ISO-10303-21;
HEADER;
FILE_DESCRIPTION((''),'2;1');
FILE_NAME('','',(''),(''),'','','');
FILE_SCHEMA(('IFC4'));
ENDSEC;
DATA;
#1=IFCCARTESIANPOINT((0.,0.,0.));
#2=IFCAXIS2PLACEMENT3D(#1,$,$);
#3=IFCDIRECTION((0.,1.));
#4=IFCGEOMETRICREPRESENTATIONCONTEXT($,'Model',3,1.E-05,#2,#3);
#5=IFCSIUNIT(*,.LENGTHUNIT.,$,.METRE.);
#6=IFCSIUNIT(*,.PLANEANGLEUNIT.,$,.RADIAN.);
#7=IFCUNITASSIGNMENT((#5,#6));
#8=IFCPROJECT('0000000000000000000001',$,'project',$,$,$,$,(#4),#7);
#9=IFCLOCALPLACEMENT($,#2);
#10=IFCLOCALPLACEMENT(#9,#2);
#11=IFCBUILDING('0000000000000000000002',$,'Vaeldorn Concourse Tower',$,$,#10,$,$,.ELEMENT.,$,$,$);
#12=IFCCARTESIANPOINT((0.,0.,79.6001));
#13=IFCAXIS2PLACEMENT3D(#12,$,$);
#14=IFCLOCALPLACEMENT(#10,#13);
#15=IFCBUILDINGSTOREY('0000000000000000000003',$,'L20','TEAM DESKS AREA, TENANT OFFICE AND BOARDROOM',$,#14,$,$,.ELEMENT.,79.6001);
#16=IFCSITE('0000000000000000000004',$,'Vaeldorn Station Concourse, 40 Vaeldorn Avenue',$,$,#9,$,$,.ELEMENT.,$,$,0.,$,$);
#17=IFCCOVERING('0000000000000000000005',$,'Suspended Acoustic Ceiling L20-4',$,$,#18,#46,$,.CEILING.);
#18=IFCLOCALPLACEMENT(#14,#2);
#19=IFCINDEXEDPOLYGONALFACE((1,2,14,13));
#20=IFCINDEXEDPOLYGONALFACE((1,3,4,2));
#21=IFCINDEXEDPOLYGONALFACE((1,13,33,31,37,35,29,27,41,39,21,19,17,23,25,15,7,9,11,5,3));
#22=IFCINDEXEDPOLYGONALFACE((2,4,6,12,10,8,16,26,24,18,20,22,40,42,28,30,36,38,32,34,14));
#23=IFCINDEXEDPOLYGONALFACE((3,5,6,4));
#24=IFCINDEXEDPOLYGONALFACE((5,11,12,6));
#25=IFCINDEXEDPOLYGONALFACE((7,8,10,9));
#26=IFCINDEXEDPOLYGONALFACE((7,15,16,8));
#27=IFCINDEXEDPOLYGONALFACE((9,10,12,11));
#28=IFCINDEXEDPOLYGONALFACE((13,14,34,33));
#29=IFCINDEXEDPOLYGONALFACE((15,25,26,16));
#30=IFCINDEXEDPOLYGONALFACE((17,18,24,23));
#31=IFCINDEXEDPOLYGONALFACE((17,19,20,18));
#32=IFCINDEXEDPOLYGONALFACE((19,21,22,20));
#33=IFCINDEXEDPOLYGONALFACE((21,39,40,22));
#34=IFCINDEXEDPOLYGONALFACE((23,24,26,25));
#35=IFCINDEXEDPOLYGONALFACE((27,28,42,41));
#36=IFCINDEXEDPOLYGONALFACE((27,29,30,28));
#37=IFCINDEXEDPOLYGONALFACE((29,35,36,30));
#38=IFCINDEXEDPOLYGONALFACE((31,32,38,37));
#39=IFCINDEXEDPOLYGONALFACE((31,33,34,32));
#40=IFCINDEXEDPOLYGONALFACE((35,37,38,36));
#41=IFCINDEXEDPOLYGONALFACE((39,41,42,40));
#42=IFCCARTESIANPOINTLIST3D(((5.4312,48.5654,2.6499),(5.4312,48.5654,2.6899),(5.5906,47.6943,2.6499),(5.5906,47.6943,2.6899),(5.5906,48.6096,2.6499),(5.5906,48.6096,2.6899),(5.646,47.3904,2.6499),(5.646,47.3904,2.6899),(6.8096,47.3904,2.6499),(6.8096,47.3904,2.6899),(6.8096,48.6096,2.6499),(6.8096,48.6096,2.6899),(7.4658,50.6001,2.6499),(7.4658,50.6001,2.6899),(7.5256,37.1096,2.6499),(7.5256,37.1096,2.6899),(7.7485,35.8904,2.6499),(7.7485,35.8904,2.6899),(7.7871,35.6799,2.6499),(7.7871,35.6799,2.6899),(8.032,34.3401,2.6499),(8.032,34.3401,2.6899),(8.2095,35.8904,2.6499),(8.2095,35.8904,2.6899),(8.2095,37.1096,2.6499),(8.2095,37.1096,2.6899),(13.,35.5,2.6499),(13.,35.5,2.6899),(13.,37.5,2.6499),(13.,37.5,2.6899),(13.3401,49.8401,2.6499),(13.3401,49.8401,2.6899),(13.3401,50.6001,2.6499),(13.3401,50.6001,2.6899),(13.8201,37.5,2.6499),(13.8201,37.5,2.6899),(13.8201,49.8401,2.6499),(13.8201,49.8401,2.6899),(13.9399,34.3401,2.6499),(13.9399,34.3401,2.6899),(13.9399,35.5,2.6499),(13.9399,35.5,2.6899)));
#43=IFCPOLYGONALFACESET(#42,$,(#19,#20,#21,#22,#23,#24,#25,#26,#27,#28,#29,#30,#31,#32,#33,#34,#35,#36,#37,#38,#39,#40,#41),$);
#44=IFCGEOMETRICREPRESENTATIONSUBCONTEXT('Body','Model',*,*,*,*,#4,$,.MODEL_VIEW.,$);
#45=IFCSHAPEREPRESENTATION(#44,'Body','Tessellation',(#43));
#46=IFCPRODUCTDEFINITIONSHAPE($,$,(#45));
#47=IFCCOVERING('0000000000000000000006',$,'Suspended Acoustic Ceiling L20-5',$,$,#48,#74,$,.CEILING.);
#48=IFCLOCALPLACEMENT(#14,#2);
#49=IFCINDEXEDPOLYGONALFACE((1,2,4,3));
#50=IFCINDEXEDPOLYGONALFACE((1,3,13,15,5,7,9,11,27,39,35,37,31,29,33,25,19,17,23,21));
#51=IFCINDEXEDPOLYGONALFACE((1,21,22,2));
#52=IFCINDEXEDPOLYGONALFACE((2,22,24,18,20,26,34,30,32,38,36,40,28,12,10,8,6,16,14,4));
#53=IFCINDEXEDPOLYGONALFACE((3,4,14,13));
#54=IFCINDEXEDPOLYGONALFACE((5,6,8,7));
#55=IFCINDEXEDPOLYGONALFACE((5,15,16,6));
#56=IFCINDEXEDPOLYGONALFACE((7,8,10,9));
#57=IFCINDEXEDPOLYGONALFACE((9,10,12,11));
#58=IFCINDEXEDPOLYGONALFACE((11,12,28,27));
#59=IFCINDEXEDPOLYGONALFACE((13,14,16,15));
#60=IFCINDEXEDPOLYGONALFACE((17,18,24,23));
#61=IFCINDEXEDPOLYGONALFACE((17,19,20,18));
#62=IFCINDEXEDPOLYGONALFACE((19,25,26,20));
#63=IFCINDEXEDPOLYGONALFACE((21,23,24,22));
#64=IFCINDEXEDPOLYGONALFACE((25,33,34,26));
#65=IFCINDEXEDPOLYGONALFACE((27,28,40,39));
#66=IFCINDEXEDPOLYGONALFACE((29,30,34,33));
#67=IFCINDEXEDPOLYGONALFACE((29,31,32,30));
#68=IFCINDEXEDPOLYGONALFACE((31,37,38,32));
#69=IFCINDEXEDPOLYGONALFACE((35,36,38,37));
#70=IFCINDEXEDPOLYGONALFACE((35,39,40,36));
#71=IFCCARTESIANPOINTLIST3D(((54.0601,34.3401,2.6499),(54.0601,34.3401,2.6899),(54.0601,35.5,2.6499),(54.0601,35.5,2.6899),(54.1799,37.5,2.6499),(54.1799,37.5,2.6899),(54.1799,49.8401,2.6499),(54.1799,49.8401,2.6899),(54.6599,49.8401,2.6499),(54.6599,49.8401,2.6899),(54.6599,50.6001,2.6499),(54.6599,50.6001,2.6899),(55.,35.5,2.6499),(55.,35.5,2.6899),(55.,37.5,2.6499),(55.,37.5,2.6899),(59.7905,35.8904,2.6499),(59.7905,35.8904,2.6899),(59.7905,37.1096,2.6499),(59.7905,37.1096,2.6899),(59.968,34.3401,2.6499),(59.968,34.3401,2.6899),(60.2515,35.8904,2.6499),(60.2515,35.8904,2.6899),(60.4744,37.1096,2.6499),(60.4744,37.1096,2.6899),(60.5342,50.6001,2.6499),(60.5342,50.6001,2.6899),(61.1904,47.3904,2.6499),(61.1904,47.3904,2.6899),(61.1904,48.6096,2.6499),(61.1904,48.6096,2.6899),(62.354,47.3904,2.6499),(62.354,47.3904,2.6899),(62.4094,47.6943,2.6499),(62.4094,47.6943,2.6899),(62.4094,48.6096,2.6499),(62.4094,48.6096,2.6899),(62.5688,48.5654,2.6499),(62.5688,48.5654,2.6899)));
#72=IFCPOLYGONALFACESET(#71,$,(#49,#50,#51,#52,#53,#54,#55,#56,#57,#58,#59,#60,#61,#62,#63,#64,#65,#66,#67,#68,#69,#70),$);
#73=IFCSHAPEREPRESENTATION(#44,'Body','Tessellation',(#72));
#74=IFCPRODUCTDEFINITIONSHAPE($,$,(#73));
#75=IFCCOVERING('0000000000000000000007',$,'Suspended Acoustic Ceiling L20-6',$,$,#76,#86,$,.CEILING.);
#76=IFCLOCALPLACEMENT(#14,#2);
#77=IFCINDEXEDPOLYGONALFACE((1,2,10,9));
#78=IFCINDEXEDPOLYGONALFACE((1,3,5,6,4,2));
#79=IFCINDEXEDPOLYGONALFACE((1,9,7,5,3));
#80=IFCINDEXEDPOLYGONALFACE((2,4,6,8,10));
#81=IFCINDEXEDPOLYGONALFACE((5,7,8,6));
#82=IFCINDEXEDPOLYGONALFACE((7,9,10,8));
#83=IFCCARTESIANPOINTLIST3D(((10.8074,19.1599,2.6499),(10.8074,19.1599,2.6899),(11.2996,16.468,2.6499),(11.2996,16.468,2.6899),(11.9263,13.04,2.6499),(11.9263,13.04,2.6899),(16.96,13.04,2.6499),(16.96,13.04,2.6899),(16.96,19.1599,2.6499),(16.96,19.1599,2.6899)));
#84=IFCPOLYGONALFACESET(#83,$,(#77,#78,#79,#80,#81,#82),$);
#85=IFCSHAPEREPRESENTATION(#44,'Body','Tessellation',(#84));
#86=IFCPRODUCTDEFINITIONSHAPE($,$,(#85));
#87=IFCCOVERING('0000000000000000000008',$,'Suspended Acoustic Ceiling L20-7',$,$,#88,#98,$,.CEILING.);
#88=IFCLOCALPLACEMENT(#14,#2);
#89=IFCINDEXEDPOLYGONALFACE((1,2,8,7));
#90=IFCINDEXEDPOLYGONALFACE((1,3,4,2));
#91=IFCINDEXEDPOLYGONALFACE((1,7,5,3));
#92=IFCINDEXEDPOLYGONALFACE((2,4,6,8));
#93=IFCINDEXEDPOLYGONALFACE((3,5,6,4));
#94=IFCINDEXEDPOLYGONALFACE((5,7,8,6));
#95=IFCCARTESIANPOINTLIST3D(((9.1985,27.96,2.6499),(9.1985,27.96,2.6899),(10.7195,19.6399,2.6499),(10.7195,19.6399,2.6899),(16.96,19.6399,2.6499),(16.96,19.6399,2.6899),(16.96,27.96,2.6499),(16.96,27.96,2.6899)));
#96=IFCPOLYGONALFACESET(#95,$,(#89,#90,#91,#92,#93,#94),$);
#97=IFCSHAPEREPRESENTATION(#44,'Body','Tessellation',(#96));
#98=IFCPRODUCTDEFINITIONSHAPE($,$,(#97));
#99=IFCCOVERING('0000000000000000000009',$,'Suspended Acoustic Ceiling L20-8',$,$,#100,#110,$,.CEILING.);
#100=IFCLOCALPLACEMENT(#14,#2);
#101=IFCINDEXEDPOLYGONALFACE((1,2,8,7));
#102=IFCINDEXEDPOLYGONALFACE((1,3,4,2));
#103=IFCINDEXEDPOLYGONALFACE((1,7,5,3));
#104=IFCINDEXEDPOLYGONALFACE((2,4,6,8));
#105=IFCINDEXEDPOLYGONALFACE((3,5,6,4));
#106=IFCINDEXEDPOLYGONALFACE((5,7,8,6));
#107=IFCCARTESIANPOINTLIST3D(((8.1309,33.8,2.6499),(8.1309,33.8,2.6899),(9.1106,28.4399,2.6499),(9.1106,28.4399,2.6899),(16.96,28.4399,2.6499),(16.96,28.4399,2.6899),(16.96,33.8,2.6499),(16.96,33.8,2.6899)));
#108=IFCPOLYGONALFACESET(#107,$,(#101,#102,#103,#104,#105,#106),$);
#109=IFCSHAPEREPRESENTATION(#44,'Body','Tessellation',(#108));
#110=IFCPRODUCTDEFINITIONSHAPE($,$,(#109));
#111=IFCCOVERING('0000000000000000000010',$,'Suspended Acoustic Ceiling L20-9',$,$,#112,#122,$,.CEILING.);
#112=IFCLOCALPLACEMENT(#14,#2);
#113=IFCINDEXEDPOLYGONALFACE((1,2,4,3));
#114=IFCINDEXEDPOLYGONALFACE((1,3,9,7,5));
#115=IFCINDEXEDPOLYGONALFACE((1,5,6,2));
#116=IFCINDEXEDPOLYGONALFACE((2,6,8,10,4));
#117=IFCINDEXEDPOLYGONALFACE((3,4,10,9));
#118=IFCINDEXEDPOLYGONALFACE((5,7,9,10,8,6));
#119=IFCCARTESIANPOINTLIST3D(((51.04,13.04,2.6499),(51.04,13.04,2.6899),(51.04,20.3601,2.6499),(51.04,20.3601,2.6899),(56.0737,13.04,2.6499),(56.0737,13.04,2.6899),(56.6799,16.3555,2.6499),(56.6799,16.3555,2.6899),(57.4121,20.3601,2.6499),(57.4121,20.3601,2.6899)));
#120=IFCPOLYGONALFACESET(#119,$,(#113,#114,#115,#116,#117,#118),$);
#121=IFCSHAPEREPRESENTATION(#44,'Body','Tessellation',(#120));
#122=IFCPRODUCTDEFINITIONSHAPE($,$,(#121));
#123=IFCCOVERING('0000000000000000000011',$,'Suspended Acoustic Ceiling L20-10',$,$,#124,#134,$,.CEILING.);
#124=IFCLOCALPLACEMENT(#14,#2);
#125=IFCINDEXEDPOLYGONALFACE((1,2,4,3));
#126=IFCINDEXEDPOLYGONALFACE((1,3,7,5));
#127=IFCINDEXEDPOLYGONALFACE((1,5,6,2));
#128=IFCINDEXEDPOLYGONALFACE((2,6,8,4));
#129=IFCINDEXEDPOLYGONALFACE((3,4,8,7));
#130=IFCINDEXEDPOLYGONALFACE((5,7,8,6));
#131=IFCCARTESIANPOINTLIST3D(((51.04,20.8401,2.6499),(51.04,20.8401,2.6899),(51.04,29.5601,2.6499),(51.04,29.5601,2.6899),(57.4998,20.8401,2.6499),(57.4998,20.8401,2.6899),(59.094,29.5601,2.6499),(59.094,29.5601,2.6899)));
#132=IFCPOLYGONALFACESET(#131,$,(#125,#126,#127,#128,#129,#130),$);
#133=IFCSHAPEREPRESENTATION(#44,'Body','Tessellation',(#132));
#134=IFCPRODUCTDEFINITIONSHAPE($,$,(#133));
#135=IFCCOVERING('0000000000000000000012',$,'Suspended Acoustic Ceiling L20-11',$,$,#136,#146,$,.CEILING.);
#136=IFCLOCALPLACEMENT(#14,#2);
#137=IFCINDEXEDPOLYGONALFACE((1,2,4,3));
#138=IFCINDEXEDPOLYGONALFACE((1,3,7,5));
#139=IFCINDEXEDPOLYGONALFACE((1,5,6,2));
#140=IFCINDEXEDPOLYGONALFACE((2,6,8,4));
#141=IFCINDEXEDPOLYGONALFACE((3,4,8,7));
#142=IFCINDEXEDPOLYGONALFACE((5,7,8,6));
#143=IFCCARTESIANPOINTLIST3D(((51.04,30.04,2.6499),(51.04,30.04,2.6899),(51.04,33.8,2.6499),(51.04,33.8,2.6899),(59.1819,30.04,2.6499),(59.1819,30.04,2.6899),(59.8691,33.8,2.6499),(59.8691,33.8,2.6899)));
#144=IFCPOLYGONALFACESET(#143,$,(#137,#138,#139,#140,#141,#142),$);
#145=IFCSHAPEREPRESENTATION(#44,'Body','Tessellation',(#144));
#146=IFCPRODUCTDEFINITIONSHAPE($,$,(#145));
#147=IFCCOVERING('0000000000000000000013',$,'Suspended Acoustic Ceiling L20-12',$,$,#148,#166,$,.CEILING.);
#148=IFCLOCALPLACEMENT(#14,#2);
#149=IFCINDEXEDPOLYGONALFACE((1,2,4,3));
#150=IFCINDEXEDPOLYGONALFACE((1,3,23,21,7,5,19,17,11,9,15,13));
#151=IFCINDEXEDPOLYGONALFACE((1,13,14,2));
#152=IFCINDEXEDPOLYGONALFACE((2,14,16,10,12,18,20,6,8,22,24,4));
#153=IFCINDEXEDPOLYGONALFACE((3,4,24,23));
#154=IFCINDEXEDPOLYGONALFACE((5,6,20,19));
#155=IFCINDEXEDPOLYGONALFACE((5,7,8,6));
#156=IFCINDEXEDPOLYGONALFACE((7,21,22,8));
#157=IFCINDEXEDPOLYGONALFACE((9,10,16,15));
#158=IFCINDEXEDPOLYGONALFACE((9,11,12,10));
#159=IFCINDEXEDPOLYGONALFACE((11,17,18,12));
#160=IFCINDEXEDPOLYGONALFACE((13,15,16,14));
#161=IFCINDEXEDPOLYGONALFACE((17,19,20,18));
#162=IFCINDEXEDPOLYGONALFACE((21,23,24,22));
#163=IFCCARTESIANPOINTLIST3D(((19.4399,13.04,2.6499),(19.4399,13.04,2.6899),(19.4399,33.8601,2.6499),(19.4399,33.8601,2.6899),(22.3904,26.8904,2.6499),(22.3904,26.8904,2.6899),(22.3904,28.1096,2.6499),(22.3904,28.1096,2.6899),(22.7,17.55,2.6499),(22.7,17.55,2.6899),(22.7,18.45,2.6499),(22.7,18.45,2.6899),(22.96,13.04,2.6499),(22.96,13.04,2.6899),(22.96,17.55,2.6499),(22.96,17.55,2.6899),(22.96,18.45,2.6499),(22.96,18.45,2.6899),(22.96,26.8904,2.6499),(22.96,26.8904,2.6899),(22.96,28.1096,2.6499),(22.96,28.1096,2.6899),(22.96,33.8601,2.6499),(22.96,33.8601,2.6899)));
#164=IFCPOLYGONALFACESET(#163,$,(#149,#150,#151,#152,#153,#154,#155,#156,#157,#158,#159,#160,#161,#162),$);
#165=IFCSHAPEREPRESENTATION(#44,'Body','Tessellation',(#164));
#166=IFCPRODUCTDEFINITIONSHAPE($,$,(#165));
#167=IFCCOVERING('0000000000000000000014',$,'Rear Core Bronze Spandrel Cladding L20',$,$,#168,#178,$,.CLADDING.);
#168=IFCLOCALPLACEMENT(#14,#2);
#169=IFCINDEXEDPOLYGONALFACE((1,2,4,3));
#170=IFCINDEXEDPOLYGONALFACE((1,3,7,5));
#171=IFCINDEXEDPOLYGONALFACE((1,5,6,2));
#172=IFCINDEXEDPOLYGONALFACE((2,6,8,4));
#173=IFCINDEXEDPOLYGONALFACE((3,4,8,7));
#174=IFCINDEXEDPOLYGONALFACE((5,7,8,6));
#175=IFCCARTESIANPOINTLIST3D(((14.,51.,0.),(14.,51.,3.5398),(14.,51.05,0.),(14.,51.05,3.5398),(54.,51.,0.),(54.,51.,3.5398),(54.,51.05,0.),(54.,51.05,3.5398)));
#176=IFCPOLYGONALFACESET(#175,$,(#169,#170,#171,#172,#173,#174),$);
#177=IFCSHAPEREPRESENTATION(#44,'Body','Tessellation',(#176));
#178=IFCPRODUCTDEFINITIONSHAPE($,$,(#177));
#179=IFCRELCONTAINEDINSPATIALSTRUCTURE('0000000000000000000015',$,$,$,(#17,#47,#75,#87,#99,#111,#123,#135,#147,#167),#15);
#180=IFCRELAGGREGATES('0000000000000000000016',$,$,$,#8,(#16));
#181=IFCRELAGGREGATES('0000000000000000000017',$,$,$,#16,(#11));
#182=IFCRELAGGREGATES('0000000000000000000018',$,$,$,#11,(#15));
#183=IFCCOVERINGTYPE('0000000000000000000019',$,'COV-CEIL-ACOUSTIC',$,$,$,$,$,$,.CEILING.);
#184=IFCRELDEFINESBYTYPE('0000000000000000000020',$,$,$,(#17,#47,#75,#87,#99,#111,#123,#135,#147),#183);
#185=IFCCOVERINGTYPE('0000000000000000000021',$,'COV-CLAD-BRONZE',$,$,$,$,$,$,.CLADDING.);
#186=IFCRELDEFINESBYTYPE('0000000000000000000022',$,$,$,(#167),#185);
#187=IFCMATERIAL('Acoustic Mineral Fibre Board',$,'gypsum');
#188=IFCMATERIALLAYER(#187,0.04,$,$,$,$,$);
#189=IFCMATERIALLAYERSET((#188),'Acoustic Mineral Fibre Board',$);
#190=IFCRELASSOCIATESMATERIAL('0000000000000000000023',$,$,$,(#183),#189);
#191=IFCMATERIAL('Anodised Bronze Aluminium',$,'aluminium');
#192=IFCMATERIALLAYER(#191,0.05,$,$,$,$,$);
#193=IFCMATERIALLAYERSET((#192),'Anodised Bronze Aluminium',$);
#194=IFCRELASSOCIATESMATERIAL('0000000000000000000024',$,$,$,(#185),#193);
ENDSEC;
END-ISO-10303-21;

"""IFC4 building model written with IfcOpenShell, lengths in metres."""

from ifc_helpers import new_model, si_unit, direction, frame, origin, place, context, subcontext, project, spatial, polyline, outline, extrude, material, layer, layer_set, type_object, element, save


model = new_model("IFC4")

# Units and contexts
model_context = context("Model", 3, precision=1e-05, world=origin(), true_north=direction((0.0, 1.0)))
body_context = subcontext(model_context, "Body", "Model", "MODEL_VIEW")
ifc_project = project(units=[si_unit("LENGTHUNIT", "METRE"), si_unit("PLANEANGLEUNIT", "RADIAN")], contexts=[model_context])

# Site, building, storey
site_placement = place(None, origin())
site = spatial("IfcSite", under=ifc_project, at=site_placement, Name="Vaeldorn Station Concourse, 40 Vaeldorn Avenue", CompositionType="ELEMENT", RefElevation=0.0)
building_placement = place(site_placement, origin())
building = spatial("IfcBuilding", under=site, at=building_placement, Name="Vaeldorn Concourse Tower", CompositionType="ELEMENT")
storey_placement = place(building_placement, frame((0.0, 0.0, 79.6001)))
storey = spatial("IfcBuildingStorey", under=building, at=storey_placement, Name="L20", Description="TEAM DESKS AREA, TENANT OFFICE AND BOARDROOM", CompositionType="ELEMENT", Elevation=79.6001)

# Shared definitions
ifc_material_1 = material(Name="Anodised Bronze Aluminium", Category="aluminium")

# Coverings
ifc_material_2 = material(Name="Acoustic Mineral Fibre Board", Category="gypsum")
ifc_layer_1 = layer(ifc_material_2, 0.04)
ifc_layer_set_1 = layer_set([ifc_layer_1], Name="Acoustic Mineral Fibre Board")
covering_type_1 = type_object("IfcCoveringType", Name="COV-CEIL-ACOUSTIC", PredefinedType="CEILING", material=ifc_layer_set_1)
covering_1_placement = place(storey_placement, frame((0.0, 0.0, 2.6499)))
element("IfcCovering", 1, at=covering_1_placement, inside=storey, type_object=covering_type_1, Name="Suspended Acoustic Ceiling L20-4", PredefinedType="CEILING", context=body_context, shape_type="SweptSolid", body=[
    extrude(outline(polyline([(7.4658, 50.6001), (13.3401, 50.6001), (13.3401, 49.8401), (13.8201, 49.8401), (13.8201, 37.5), (13.0, 37.5), (13.0, 35.5), (13.9399, 35.5), (13.9399, 34.3401), (8.032, 34.3401), (7.7871, 35.6799), (7.7871, 35.6799), (7.7485, 35.8904), (8.2095, 35.8904), (8.2095, 37.1096), (7.5256, 37.1096), (5.646, 47.3904), (6.8096, 47.3904), (6.8096, 48.6096), (5.5906, 48.6096), (5.5906, 47.6943), (5.4312, 48.5654), (7.4658, 50.6001)])), origin(), (0.0, 0.0, 1.0), 0.04),
])
covering_2_placement = place(storey_placement, frame((0.0, 0.0, 2.6499)))
element("IfcCovering", 2, at=covering_2_placement, inside=storey, type_object=covering_type_1, Name="Suspended Acoustic Ceiling L20-5", PredefinedType="CEILING", context=body_context, shape_type="SweptSolid", body=[
    extrude(outline(polyline([(54.1799, 49.8401), (54.6599, 49.8401), (54.6599, 50.6001), (60.5342, 50.6001), (62.5688, 48.5654), (62.4094, 47.6943), (62.4094, 48.6096), (61.1904, 48.6096), (61.1904, 47.3904), (62.354, 47.3904), (60.4744, 37.1096), (59.7905, 37.1096), (59.7905, 35.8904), (60.2515, 35.8904), (59.968, 34.3401), (54.0601, 34.3401), (54.0601, 35.5), (55.0, 35.5), (55.0, 37.5), (54.1799, 37.5), (54.1799, 49.8401)])), origin(), (0.0, 0.0, 1.0), 0.04),
])
covering_3_placement = place(storey_placement, frame((0.0, 0.0, 2.6499)))
element("IfcCovering", 3, at=covering_3_placement, inside=storey, type_object=covering_type_1, Name="Suspended Acoustic Ceiling L20-6", PredefinedType="CEILING", context=body_context, shape_type="SweptSolid", body=[
    extrude(outline(polyline([(16.96, 19.1599), (16.96, 13.04), (11.9263, 13.04), (11.2996, 16.468), (10.8074, 19.1599), (16.96, 19.1599)])), origin(), (0.0, 0.0, 1.0), 0.04),
])
covering_4_placement = place(storey_placement, frame((0.0, 0.0, 2.6499)))
element("IfcCovering", 4, at=covering_4_placement, inside=storey, type_object=covering_type_1, Name="Suspended Acoustic Ceiling L20-7", PredefinedType="CEILING", context=body_context, shape_type="SweptSolid", body=[
    extrude(outline(polyline([(16.96, 27.96), (16.96, 19.6399), (10.7195, 19.6399), (9.1985, 27.96), (16.96, 27.96)])), origin(), (0.0, 0.0, 1.0), 0.04),
])
covering_5_placement = place(storey_placement, frame((0.0, 0.0, 2.6499)))
element("IfcCovering", 5, at=covering_5_placement, inside=storey, type_object=covering_type_1, Name="Suspended Acoustic Ceiling L20-8", PredefinedType="CEILING", context=body_context, shape_type="SweptSolid", body=[
    extrude(outline(polyline([(16.96, 33.8), (16.96, 28.4399), (9.1106, 28.4399), (8.1309, 33.8), (16.96, 33.8)])), origin(), (0.0, 0.0, 1.0), 0.04),
])
covering_6_placement = place(storey_placement, frame((0.0, 0.0, 2.6499)))
element("IfcCovering", 6, at=covering_6_placement, inside=storey, type_object=covering_type_1, Name="Suspended Acoustic Ceiling L20-9", PredefinedType="CEILING", context=body_context, shape_type="SweptSolid", body=[
    extrude(outline(polyline([(51.04, 13.04), (51.04, 20.3601), (57.4121, 20.3601), (56.6799, 16.3555), (56.0737, 13.04), (51.04, 13.04)])), origin(), (0.0, 0.0, 1.0), 0.04),
])
covering_7_placement = place(storey_placement, frame((0.0, 0.0, 2.6499)))
element("IfcCovering", 7, at=covering_7_placement, inside=storey, type_object=covering_type_1, Name="Suspended Acoustic Ceiling L20-10", PredefinedType="CEILING", context=body_context, shape_type="SweptSolid", body=[
    extrude(outline(polyline([(51.04, 20.8401), (51.04, 29.5601), (59.094, 29.5601), (57.4998, 20.8401), (51.04, 20.8401)])), origin(), (0.0, 0.0, 1.0), 0.04),
])
covering_8_placement = place(storey_placement, frame((0.0, 0.0, 2.6499)))
element("IfcCovering", 8, at=covering_8_placement, inside=storey, type_object=covering_type_1, Name="Suspended Acoustic Ceiling L20-11", PredefinedType="CEILING", context=body_context, shape_type="SweptSolid", body=[
    extrude(outline(polyline([(51.04, 30.04), (51.04, 33.8), (59.8691, 33.8), (59.1819, 30.04), (51.04, 30.04)])), origin(), (0.0, 0.0, 1.0), 0.04),
])
covering_9_placement = place(storey_placement, frame((0.0, 0.0, 2.6499)))
element("IfcCovering", 9, at=covering_9_placement, inside=storey, type_object=covering_type_1, Name="Suspended Acoustic Ceiling L20-12", PredefinedType="CEILING", context=body_context, shape_type="SweptSolid", body=[
    extrude(outline(polyline([(19.4399, 33.8601), (22.96, 33.8601), (22.96, 28.1096), (22.3904, 28.1096), (22.3904, 26.8904), (22.96, 26.8904), (22.96, 18.45), (22.7, 18.45), (22.7, 17.55), (22.96, 17.55), (22.96, 13.04), (19.4399, 13.04), (19.4399, 33.8601)])), origin(), (0.0, 0.0, 1.0), 0.04),
])
ifc_layer_2 = layer(ifc_material_1, 0.05)
ifc_layer_set_2 = layer_set([ifc_layer_2], Name="Anodised Bronze Aluminium")
covering_type_2 = type_object("IfcCoveringType", Name="COV-CLAD-BRONZE", PredefinedType="CLADDING", material=ifc_layer_set_2)
covering_10_placement = place(storey_placement, origin())
element("IfcCovering", 10, at=covering_10_placement, inside=storey, type_object=covering_type_2, Name="Rear Core Bronze Spandrel Cladding L20", PredefinedType="CLADDING", context=body_context, shape_type="SweptSolid", body=[
    extrude(outline(polyline([(14.0, 51.0), (54.0, 51.0), (54.0, 51.05), (14.0, 51.05), (14.0, 51.0)])), origin(), (0.0, 0.0, 1.0), 3.5398),
])

save(model, "model.ifc")
